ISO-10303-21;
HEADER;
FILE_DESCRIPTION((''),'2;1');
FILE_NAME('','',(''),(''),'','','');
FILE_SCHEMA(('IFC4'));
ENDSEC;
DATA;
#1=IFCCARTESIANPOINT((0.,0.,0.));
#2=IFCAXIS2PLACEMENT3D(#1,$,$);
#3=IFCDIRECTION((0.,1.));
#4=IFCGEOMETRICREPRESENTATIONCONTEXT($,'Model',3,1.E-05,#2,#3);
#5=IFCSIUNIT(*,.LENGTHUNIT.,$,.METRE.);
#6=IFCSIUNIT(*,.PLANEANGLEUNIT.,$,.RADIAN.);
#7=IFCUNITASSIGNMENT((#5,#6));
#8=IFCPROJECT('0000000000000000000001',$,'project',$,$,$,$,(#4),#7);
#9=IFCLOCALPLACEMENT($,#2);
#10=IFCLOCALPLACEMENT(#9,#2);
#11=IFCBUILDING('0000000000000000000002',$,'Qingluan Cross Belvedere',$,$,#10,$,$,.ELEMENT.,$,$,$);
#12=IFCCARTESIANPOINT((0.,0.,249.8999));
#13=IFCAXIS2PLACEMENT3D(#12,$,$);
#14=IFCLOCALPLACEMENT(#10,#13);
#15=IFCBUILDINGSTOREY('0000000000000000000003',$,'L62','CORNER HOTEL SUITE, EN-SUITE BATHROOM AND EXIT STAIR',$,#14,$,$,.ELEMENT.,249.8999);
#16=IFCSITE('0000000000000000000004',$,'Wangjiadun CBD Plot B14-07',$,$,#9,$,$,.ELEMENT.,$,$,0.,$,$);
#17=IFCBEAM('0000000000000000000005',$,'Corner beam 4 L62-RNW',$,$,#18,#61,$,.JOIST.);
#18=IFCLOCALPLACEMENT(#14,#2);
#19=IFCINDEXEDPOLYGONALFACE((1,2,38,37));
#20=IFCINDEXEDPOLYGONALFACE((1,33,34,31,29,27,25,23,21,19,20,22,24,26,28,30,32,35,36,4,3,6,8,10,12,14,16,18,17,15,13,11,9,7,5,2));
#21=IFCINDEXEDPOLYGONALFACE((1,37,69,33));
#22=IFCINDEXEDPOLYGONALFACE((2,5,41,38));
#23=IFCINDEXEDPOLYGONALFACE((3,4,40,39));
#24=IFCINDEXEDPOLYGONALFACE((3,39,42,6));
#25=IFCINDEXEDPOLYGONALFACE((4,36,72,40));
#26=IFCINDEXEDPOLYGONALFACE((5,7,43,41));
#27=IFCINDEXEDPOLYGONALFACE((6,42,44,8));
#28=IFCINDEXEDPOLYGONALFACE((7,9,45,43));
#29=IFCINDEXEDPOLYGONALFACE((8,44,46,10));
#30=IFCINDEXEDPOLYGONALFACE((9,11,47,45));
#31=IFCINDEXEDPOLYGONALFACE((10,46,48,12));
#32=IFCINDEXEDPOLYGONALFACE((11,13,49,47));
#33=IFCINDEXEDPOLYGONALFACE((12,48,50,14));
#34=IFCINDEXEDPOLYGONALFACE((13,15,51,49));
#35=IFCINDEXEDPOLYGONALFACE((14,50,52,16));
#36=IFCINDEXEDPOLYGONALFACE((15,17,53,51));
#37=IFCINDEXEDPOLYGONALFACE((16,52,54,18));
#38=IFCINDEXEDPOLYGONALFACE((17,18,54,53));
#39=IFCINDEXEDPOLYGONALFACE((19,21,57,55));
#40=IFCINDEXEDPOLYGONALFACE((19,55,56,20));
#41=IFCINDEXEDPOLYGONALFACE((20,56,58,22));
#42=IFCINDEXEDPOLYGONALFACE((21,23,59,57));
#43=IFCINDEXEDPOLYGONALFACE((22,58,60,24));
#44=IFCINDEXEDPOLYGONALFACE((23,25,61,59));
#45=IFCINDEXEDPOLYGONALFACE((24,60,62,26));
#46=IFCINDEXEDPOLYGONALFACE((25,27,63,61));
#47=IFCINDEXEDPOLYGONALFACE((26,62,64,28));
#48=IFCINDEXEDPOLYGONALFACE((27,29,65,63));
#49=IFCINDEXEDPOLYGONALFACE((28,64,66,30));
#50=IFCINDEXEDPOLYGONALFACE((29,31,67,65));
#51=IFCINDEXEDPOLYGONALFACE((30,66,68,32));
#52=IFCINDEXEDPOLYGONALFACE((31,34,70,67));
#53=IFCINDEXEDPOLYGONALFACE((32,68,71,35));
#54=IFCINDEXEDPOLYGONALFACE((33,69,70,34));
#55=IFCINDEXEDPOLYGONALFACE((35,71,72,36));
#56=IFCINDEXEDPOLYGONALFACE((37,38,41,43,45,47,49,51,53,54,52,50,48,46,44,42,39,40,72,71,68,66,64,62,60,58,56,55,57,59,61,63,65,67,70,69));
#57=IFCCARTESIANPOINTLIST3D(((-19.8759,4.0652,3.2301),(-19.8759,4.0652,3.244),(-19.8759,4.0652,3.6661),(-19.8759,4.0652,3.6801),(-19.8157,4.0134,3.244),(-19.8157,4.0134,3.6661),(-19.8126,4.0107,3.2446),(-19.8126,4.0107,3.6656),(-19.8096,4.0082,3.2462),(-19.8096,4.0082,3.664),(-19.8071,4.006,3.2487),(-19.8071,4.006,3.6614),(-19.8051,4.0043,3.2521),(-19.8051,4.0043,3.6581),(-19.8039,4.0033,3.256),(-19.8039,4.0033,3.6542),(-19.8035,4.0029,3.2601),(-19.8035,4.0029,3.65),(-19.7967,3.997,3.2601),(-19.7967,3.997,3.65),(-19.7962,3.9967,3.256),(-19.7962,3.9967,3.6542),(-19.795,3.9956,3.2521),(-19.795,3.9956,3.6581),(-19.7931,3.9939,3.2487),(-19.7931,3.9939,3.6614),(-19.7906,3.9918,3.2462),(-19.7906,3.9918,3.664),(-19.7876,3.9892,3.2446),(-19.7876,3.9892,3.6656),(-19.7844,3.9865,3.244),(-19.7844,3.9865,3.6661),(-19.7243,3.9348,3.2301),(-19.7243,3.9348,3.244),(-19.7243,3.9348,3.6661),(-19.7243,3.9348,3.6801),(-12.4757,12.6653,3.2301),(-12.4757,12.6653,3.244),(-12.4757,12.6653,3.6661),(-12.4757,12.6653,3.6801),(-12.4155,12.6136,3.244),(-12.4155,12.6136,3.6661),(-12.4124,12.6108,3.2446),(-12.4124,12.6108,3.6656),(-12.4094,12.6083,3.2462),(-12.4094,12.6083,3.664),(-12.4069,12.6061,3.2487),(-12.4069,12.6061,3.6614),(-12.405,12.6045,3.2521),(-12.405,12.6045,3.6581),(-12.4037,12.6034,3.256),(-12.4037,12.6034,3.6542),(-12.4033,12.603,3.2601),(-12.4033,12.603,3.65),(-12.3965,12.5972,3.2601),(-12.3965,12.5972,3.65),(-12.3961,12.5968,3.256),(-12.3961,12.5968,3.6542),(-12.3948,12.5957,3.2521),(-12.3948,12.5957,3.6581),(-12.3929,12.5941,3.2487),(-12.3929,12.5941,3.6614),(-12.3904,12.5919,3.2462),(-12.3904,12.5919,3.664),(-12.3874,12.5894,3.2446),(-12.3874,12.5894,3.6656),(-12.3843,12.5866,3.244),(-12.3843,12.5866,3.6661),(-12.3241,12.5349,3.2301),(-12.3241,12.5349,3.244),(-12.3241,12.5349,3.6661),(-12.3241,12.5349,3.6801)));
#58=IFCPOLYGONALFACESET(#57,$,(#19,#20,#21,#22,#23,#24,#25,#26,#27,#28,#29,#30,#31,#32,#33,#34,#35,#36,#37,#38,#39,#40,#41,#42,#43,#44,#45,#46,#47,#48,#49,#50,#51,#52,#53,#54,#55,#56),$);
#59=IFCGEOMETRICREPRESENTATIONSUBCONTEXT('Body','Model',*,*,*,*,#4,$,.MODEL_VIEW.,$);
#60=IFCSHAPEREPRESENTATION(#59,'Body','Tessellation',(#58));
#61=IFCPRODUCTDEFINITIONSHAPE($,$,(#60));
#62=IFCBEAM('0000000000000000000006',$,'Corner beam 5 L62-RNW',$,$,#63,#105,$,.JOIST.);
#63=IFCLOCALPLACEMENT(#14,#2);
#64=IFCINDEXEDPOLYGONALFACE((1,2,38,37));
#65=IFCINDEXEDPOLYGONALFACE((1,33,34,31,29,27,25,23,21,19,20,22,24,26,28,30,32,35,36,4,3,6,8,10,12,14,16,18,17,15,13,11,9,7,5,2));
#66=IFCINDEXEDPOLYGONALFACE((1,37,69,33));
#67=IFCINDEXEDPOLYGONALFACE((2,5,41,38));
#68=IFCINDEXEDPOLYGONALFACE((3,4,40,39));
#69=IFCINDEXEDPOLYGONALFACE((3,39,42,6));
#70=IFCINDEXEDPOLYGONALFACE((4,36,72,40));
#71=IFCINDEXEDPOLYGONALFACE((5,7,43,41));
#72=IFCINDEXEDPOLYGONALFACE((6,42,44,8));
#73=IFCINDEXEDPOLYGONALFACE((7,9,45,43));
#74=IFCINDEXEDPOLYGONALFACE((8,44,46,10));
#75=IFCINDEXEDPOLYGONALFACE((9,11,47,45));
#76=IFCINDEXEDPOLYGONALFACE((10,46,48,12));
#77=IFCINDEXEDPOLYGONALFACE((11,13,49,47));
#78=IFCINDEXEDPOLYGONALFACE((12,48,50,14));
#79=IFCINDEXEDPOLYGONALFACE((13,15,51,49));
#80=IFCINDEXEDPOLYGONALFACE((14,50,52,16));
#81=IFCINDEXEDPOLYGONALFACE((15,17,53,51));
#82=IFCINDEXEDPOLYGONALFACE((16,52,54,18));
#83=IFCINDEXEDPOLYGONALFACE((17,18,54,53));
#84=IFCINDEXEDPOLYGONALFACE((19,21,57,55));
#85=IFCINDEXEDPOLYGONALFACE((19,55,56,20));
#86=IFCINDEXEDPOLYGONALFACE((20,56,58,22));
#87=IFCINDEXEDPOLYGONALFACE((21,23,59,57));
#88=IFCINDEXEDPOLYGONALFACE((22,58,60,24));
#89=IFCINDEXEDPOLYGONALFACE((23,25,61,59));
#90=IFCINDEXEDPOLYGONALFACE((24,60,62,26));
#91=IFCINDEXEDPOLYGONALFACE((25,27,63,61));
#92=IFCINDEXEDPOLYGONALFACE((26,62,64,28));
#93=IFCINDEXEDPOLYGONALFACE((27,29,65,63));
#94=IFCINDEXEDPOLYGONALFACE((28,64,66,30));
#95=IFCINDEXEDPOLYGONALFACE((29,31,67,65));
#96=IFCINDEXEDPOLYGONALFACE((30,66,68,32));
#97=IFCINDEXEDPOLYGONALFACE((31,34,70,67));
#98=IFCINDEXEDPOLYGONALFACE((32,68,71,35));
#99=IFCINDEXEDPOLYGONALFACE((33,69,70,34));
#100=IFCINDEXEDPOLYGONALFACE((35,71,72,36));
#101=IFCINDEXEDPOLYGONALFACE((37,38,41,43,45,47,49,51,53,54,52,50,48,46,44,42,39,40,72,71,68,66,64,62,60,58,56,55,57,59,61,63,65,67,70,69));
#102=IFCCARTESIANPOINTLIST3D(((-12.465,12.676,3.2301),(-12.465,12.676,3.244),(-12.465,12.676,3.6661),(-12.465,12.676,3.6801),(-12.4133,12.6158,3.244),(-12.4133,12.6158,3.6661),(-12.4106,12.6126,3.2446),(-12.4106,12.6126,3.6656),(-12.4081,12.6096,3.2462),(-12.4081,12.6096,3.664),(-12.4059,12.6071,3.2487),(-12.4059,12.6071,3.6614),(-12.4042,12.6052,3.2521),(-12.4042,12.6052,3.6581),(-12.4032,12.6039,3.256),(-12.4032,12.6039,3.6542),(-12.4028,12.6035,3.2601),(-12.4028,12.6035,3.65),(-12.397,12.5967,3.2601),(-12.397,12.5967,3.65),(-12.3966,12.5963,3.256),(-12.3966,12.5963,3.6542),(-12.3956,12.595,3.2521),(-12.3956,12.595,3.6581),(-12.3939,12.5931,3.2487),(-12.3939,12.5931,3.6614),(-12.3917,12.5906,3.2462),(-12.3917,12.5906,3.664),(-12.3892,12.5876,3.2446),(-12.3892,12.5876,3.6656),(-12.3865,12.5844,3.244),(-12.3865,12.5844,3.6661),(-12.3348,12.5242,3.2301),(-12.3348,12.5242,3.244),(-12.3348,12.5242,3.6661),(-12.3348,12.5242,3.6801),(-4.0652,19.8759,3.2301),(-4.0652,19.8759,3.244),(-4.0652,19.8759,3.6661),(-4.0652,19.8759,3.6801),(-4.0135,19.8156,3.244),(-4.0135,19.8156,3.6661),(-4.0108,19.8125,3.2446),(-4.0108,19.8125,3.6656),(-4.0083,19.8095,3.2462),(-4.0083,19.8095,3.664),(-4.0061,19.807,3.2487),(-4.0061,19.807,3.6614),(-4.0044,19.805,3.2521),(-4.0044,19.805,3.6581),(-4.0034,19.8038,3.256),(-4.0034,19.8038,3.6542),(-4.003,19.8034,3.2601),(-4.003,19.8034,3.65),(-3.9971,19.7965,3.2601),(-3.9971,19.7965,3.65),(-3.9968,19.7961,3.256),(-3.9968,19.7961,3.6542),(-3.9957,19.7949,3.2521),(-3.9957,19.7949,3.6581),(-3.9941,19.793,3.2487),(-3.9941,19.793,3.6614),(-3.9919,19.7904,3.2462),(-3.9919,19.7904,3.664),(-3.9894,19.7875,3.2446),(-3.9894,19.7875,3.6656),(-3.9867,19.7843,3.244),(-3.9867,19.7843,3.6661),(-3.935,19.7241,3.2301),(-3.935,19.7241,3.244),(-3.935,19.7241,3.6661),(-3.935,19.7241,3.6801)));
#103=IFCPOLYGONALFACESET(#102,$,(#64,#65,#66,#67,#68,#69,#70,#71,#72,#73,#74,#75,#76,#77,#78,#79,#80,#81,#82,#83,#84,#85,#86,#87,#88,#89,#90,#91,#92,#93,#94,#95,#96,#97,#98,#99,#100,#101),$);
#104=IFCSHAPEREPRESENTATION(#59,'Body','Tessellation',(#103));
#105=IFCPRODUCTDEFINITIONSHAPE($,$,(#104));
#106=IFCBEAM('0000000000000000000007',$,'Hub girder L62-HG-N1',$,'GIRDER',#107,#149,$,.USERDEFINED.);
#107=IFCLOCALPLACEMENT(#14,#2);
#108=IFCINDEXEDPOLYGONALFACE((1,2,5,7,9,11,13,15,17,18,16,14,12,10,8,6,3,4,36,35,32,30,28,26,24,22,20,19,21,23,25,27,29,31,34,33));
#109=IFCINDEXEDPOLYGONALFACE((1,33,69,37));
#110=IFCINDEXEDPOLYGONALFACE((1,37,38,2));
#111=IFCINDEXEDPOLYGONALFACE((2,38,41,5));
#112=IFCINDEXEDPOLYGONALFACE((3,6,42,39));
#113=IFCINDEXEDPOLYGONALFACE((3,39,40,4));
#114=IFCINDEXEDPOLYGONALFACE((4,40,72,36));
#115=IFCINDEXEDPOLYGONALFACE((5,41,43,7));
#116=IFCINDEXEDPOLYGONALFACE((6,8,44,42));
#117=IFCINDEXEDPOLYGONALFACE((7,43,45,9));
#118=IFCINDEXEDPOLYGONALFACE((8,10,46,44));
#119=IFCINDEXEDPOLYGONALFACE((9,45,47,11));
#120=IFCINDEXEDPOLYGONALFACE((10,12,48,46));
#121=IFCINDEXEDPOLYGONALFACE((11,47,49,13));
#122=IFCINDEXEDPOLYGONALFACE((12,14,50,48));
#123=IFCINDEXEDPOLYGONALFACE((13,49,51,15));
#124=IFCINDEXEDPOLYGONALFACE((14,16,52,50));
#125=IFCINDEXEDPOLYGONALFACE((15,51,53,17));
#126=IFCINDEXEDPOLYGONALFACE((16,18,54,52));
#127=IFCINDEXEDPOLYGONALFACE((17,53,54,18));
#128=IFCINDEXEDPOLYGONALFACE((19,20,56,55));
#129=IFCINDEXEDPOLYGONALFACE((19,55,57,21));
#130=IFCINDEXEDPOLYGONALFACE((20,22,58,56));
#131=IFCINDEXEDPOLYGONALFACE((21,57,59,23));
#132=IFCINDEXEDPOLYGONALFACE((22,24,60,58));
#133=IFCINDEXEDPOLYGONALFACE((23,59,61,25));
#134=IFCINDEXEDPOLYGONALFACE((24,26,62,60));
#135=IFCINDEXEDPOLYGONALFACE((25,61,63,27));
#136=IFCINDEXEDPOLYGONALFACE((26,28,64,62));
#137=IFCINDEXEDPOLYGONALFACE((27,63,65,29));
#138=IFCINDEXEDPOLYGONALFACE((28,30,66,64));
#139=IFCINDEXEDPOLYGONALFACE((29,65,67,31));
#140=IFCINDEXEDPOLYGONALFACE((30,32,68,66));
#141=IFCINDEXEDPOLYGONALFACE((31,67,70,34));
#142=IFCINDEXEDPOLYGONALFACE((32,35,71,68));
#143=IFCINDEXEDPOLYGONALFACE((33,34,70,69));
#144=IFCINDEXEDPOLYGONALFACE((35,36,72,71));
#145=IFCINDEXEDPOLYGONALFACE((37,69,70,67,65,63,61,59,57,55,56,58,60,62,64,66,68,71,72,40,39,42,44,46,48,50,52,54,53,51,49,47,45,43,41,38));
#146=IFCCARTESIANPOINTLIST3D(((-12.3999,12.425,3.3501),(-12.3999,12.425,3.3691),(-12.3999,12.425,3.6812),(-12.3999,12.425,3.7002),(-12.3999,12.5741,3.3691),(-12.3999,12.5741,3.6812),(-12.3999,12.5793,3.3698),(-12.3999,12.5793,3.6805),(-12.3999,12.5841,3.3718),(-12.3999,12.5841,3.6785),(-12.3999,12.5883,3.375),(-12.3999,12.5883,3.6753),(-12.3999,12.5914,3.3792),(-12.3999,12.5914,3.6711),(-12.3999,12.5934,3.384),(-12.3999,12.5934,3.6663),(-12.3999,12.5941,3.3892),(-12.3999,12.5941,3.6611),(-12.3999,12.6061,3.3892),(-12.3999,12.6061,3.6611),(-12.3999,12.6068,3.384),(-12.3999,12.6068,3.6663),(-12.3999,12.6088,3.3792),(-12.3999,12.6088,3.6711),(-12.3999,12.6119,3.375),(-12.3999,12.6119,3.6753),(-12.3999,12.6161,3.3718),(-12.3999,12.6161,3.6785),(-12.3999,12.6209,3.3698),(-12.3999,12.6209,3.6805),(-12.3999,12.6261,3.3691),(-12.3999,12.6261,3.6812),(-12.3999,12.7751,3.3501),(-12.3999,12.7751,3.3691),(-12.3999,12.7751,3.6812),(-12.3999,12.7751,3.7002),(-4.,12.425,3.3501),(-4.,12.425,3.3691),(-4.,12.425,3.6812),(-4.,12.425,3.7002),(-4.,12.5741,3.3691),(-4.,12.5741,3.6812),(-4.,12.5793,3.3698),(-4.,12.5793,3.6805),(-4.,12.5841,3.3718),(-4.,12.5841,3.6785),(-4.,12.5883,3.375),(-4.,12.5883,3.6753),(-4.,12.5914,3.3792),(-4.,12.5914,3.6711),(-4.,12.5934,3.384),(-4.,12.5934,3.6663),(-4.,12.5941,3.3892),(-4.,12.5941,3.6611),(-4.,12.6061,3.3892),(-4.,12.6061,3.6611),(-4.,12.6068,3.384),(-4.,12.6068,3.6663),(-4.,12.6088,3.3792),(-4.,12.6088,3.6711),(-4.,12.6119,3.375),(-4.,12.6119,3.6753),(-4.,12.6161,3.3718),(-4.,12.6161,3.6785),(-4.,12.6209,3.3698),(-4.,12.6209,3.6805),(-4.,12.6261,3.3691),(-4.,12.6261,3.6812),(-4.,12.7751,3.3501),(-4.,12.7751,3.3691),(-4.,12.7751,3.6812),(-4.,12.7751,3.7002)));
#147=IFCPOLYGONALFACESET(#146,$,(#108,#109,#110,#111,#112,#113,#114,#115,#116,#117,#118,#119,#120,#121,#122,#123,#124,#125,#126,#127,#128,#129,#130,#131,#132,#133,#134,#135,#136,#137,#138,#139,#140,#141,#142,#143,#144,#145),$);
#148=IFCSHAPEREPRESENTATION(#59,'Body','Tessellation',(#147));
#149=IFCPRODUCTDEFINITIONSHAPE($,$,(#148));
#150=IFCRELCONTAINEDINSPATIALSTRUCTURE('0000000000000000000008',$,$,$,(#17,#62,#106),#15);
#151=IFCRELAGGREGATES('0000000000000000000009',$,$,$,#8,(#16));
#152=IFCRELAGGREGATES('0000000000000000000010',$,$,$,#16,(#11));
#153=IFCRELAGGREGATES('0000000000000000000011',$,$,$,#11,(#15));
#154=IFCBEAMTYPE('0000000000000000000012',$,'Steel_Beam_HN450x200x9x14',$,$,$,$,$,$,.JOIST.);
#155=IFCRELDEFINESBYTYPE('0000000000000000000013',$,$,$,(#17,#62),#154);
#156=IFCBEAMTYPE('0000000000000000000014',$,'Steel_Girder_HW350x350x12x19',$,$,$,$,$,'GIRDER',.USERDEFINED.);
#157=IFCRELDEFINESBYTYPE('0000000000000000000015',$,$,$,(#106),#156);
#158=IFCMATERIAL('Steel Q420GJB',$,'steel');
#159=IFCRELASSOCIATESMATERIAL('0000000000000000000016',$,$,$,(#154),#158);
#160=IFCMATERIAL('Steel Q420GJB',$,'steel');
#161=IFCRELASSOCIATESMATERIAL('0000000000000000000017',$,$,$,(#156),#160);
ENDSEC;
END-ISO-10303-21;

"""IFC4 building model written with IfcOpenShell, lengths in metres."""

from ifc_helpers import new_model, si_unit, direction, frame, origin, origin_2d, place, context, subcontext, project, spatial, i_section, extrude, material, material_profile, profile_set, type_object, element, save


model = new_model("IFC4")

# Units and contexts
model_context = context("Model", 3, precision=1e-05, world=origin(), true_north=direction((0.0, 1.0)))
body_context = subcontext(model_context, "Body", "Model", "MODEL_VIEW")
ifc_project = project(units=[si_unit("LENGTHUNIT", "METRE"), si_unit("PLANEANGLEUNIT", "RADIAN")], contexts=[model_context])

# Site, building, storey
site_placement = place(None, origin())
site = spatial("IfcSite", under=ifc_project, at=site_placement, Name="Wangjiadun CBD Plot B14-07", CompositionType="ELEMENT", RefElevation=0.0)
building_placement = place(site_placement, origin())
building = spatial("IfcBuilding", under=site, at=building_placement, Name="Qingluan Cross Belvedere", CompositionType="ELEMENT")
storey_placement = place(building_placement, frame((0.0, 0.0, 249.8999)))
storey = spatial("IfcBuildingStorey", under=building, at=storey_placement, Name="L62", Description="CORNER HOTEL SUITE, EN-SUITE BATHROOM AND EXIT STAIR", CompositionType="ELEMENT", Elevation=249.8999)

# Beams
ifc_material_1 = material(Name="Steel Q420GJB", Category="steel")
ifc_material_profile_1 = material_profile(ifc_material_1, i_section(OverallWidth=0.2, OverallDepth=0.45, WebThickness=0.009, FlangeThickness=0.0139, FilletRadius=0.0161, at=origin_2d()), Name="HN450x200x9x14")
ifc_profile_set_1 = profile_set([ifc_material_profile_1], Name="Steel Q420GJB")
beam_type_1 = type_object("IfcBeamType", Name="Steel_Beam_HN450x200x9x14", PredefinedType="JOIST", material=ifc_profile_set_1)
beam_1_placement = place(storey_placement, frame((-12.3999, 12.6001, 3.4551), z_axis=(-0.652245, -0.758008, 0.0), x_axis=(0.758008, -0.652245, 0.0)))
element("IfcBeam", 1, at=beam_1_placement, inside=storey, type_object=beam_type_1, Name="Corner beam 4 L62-RNW", PredefinedType="JOIST", context=body_context, shape_type="SweptSolid", body=[
    extrude(i_section(OverallWidth=0.2, OverallDepth=0.45, WebThickness=0.009, FlangeThickness=0.0139, FilletRadius=0.0161, at=origin_2d()), origin(), (0.0, 0.0, 1.0), 11.3457),
])
beam_2_placement = place(storey_placement, frame((-12.3999, 12.6001, 3.4551), z_axis=(0.759255, 0.650793, 0.0), x_axis=(-0.650793, 0.759255, 0.0)))
element("IfcBeam", 2, at=beam_2_placement, inside=storey, type_object=beam_type_1, Name="Corner beam 5 L62-RNW", PredefinedType="JOIST", context=body_context, shape_type="SweptSolid", body=[
    extrude(i_section(OverallWidth=0.2, OverallDepth=0.45, WebThickness=0.009, FlangeThickness=0.0139, FilletRadius=0.0161, at=origin_2d()), origin(), (0.0, 0.0, 1.0), 11.0632),
])
ifc_material_2 = material(Name="Steel Q420GJB", Category="steel")
ifc_material_profile_2 = material_profile(ifc_material_2, i_section(OverallWidth=0.3501, OverallDepth=0.3501, WebThickness=0.012, FlangeThickness=0.019, FilletRadius=0.02, at=origin_2d()), Name="HW350x350x12x19")
ifc_profile_set_2 = profile_set([ifc_material_profile_2], Name="Steel Q420GJB")
beam_type_2 = type_object("IfcBeamType", Name="Steel_Girder_HW350x350x12x19", ElementType="GIRDER", PredefinedType="USERDEFINED", material=ifc_profile_set_2)
beam_3_placement = place(storey_placement, frame((-12.3999, 12.6001, 3.5251), z_axis=(1.0, 0.0, 0.0), x_axis=(0.0, 1.0, 0.0)))
element("IfcBeam", 3, at=beam_3_placement, inside=storey, type_object=beam_type_2, Name="Hub girder L62-HG-N1", ObjectType="GIRDER", PredefinedType="USERDEFINED", context=body_context, shape_type="SweptSolid", body=[
    extrude(i_section(OverallWidth=0.3501, OverallDepth=0.3501, WebThickness=0.012, FlangeThickness=0.019, FilletRadius=0.02, at=origin_2d()), origin(), (0.0, 0.0, 1.0), 8.3999),
])

save(model, "model.ifc")
